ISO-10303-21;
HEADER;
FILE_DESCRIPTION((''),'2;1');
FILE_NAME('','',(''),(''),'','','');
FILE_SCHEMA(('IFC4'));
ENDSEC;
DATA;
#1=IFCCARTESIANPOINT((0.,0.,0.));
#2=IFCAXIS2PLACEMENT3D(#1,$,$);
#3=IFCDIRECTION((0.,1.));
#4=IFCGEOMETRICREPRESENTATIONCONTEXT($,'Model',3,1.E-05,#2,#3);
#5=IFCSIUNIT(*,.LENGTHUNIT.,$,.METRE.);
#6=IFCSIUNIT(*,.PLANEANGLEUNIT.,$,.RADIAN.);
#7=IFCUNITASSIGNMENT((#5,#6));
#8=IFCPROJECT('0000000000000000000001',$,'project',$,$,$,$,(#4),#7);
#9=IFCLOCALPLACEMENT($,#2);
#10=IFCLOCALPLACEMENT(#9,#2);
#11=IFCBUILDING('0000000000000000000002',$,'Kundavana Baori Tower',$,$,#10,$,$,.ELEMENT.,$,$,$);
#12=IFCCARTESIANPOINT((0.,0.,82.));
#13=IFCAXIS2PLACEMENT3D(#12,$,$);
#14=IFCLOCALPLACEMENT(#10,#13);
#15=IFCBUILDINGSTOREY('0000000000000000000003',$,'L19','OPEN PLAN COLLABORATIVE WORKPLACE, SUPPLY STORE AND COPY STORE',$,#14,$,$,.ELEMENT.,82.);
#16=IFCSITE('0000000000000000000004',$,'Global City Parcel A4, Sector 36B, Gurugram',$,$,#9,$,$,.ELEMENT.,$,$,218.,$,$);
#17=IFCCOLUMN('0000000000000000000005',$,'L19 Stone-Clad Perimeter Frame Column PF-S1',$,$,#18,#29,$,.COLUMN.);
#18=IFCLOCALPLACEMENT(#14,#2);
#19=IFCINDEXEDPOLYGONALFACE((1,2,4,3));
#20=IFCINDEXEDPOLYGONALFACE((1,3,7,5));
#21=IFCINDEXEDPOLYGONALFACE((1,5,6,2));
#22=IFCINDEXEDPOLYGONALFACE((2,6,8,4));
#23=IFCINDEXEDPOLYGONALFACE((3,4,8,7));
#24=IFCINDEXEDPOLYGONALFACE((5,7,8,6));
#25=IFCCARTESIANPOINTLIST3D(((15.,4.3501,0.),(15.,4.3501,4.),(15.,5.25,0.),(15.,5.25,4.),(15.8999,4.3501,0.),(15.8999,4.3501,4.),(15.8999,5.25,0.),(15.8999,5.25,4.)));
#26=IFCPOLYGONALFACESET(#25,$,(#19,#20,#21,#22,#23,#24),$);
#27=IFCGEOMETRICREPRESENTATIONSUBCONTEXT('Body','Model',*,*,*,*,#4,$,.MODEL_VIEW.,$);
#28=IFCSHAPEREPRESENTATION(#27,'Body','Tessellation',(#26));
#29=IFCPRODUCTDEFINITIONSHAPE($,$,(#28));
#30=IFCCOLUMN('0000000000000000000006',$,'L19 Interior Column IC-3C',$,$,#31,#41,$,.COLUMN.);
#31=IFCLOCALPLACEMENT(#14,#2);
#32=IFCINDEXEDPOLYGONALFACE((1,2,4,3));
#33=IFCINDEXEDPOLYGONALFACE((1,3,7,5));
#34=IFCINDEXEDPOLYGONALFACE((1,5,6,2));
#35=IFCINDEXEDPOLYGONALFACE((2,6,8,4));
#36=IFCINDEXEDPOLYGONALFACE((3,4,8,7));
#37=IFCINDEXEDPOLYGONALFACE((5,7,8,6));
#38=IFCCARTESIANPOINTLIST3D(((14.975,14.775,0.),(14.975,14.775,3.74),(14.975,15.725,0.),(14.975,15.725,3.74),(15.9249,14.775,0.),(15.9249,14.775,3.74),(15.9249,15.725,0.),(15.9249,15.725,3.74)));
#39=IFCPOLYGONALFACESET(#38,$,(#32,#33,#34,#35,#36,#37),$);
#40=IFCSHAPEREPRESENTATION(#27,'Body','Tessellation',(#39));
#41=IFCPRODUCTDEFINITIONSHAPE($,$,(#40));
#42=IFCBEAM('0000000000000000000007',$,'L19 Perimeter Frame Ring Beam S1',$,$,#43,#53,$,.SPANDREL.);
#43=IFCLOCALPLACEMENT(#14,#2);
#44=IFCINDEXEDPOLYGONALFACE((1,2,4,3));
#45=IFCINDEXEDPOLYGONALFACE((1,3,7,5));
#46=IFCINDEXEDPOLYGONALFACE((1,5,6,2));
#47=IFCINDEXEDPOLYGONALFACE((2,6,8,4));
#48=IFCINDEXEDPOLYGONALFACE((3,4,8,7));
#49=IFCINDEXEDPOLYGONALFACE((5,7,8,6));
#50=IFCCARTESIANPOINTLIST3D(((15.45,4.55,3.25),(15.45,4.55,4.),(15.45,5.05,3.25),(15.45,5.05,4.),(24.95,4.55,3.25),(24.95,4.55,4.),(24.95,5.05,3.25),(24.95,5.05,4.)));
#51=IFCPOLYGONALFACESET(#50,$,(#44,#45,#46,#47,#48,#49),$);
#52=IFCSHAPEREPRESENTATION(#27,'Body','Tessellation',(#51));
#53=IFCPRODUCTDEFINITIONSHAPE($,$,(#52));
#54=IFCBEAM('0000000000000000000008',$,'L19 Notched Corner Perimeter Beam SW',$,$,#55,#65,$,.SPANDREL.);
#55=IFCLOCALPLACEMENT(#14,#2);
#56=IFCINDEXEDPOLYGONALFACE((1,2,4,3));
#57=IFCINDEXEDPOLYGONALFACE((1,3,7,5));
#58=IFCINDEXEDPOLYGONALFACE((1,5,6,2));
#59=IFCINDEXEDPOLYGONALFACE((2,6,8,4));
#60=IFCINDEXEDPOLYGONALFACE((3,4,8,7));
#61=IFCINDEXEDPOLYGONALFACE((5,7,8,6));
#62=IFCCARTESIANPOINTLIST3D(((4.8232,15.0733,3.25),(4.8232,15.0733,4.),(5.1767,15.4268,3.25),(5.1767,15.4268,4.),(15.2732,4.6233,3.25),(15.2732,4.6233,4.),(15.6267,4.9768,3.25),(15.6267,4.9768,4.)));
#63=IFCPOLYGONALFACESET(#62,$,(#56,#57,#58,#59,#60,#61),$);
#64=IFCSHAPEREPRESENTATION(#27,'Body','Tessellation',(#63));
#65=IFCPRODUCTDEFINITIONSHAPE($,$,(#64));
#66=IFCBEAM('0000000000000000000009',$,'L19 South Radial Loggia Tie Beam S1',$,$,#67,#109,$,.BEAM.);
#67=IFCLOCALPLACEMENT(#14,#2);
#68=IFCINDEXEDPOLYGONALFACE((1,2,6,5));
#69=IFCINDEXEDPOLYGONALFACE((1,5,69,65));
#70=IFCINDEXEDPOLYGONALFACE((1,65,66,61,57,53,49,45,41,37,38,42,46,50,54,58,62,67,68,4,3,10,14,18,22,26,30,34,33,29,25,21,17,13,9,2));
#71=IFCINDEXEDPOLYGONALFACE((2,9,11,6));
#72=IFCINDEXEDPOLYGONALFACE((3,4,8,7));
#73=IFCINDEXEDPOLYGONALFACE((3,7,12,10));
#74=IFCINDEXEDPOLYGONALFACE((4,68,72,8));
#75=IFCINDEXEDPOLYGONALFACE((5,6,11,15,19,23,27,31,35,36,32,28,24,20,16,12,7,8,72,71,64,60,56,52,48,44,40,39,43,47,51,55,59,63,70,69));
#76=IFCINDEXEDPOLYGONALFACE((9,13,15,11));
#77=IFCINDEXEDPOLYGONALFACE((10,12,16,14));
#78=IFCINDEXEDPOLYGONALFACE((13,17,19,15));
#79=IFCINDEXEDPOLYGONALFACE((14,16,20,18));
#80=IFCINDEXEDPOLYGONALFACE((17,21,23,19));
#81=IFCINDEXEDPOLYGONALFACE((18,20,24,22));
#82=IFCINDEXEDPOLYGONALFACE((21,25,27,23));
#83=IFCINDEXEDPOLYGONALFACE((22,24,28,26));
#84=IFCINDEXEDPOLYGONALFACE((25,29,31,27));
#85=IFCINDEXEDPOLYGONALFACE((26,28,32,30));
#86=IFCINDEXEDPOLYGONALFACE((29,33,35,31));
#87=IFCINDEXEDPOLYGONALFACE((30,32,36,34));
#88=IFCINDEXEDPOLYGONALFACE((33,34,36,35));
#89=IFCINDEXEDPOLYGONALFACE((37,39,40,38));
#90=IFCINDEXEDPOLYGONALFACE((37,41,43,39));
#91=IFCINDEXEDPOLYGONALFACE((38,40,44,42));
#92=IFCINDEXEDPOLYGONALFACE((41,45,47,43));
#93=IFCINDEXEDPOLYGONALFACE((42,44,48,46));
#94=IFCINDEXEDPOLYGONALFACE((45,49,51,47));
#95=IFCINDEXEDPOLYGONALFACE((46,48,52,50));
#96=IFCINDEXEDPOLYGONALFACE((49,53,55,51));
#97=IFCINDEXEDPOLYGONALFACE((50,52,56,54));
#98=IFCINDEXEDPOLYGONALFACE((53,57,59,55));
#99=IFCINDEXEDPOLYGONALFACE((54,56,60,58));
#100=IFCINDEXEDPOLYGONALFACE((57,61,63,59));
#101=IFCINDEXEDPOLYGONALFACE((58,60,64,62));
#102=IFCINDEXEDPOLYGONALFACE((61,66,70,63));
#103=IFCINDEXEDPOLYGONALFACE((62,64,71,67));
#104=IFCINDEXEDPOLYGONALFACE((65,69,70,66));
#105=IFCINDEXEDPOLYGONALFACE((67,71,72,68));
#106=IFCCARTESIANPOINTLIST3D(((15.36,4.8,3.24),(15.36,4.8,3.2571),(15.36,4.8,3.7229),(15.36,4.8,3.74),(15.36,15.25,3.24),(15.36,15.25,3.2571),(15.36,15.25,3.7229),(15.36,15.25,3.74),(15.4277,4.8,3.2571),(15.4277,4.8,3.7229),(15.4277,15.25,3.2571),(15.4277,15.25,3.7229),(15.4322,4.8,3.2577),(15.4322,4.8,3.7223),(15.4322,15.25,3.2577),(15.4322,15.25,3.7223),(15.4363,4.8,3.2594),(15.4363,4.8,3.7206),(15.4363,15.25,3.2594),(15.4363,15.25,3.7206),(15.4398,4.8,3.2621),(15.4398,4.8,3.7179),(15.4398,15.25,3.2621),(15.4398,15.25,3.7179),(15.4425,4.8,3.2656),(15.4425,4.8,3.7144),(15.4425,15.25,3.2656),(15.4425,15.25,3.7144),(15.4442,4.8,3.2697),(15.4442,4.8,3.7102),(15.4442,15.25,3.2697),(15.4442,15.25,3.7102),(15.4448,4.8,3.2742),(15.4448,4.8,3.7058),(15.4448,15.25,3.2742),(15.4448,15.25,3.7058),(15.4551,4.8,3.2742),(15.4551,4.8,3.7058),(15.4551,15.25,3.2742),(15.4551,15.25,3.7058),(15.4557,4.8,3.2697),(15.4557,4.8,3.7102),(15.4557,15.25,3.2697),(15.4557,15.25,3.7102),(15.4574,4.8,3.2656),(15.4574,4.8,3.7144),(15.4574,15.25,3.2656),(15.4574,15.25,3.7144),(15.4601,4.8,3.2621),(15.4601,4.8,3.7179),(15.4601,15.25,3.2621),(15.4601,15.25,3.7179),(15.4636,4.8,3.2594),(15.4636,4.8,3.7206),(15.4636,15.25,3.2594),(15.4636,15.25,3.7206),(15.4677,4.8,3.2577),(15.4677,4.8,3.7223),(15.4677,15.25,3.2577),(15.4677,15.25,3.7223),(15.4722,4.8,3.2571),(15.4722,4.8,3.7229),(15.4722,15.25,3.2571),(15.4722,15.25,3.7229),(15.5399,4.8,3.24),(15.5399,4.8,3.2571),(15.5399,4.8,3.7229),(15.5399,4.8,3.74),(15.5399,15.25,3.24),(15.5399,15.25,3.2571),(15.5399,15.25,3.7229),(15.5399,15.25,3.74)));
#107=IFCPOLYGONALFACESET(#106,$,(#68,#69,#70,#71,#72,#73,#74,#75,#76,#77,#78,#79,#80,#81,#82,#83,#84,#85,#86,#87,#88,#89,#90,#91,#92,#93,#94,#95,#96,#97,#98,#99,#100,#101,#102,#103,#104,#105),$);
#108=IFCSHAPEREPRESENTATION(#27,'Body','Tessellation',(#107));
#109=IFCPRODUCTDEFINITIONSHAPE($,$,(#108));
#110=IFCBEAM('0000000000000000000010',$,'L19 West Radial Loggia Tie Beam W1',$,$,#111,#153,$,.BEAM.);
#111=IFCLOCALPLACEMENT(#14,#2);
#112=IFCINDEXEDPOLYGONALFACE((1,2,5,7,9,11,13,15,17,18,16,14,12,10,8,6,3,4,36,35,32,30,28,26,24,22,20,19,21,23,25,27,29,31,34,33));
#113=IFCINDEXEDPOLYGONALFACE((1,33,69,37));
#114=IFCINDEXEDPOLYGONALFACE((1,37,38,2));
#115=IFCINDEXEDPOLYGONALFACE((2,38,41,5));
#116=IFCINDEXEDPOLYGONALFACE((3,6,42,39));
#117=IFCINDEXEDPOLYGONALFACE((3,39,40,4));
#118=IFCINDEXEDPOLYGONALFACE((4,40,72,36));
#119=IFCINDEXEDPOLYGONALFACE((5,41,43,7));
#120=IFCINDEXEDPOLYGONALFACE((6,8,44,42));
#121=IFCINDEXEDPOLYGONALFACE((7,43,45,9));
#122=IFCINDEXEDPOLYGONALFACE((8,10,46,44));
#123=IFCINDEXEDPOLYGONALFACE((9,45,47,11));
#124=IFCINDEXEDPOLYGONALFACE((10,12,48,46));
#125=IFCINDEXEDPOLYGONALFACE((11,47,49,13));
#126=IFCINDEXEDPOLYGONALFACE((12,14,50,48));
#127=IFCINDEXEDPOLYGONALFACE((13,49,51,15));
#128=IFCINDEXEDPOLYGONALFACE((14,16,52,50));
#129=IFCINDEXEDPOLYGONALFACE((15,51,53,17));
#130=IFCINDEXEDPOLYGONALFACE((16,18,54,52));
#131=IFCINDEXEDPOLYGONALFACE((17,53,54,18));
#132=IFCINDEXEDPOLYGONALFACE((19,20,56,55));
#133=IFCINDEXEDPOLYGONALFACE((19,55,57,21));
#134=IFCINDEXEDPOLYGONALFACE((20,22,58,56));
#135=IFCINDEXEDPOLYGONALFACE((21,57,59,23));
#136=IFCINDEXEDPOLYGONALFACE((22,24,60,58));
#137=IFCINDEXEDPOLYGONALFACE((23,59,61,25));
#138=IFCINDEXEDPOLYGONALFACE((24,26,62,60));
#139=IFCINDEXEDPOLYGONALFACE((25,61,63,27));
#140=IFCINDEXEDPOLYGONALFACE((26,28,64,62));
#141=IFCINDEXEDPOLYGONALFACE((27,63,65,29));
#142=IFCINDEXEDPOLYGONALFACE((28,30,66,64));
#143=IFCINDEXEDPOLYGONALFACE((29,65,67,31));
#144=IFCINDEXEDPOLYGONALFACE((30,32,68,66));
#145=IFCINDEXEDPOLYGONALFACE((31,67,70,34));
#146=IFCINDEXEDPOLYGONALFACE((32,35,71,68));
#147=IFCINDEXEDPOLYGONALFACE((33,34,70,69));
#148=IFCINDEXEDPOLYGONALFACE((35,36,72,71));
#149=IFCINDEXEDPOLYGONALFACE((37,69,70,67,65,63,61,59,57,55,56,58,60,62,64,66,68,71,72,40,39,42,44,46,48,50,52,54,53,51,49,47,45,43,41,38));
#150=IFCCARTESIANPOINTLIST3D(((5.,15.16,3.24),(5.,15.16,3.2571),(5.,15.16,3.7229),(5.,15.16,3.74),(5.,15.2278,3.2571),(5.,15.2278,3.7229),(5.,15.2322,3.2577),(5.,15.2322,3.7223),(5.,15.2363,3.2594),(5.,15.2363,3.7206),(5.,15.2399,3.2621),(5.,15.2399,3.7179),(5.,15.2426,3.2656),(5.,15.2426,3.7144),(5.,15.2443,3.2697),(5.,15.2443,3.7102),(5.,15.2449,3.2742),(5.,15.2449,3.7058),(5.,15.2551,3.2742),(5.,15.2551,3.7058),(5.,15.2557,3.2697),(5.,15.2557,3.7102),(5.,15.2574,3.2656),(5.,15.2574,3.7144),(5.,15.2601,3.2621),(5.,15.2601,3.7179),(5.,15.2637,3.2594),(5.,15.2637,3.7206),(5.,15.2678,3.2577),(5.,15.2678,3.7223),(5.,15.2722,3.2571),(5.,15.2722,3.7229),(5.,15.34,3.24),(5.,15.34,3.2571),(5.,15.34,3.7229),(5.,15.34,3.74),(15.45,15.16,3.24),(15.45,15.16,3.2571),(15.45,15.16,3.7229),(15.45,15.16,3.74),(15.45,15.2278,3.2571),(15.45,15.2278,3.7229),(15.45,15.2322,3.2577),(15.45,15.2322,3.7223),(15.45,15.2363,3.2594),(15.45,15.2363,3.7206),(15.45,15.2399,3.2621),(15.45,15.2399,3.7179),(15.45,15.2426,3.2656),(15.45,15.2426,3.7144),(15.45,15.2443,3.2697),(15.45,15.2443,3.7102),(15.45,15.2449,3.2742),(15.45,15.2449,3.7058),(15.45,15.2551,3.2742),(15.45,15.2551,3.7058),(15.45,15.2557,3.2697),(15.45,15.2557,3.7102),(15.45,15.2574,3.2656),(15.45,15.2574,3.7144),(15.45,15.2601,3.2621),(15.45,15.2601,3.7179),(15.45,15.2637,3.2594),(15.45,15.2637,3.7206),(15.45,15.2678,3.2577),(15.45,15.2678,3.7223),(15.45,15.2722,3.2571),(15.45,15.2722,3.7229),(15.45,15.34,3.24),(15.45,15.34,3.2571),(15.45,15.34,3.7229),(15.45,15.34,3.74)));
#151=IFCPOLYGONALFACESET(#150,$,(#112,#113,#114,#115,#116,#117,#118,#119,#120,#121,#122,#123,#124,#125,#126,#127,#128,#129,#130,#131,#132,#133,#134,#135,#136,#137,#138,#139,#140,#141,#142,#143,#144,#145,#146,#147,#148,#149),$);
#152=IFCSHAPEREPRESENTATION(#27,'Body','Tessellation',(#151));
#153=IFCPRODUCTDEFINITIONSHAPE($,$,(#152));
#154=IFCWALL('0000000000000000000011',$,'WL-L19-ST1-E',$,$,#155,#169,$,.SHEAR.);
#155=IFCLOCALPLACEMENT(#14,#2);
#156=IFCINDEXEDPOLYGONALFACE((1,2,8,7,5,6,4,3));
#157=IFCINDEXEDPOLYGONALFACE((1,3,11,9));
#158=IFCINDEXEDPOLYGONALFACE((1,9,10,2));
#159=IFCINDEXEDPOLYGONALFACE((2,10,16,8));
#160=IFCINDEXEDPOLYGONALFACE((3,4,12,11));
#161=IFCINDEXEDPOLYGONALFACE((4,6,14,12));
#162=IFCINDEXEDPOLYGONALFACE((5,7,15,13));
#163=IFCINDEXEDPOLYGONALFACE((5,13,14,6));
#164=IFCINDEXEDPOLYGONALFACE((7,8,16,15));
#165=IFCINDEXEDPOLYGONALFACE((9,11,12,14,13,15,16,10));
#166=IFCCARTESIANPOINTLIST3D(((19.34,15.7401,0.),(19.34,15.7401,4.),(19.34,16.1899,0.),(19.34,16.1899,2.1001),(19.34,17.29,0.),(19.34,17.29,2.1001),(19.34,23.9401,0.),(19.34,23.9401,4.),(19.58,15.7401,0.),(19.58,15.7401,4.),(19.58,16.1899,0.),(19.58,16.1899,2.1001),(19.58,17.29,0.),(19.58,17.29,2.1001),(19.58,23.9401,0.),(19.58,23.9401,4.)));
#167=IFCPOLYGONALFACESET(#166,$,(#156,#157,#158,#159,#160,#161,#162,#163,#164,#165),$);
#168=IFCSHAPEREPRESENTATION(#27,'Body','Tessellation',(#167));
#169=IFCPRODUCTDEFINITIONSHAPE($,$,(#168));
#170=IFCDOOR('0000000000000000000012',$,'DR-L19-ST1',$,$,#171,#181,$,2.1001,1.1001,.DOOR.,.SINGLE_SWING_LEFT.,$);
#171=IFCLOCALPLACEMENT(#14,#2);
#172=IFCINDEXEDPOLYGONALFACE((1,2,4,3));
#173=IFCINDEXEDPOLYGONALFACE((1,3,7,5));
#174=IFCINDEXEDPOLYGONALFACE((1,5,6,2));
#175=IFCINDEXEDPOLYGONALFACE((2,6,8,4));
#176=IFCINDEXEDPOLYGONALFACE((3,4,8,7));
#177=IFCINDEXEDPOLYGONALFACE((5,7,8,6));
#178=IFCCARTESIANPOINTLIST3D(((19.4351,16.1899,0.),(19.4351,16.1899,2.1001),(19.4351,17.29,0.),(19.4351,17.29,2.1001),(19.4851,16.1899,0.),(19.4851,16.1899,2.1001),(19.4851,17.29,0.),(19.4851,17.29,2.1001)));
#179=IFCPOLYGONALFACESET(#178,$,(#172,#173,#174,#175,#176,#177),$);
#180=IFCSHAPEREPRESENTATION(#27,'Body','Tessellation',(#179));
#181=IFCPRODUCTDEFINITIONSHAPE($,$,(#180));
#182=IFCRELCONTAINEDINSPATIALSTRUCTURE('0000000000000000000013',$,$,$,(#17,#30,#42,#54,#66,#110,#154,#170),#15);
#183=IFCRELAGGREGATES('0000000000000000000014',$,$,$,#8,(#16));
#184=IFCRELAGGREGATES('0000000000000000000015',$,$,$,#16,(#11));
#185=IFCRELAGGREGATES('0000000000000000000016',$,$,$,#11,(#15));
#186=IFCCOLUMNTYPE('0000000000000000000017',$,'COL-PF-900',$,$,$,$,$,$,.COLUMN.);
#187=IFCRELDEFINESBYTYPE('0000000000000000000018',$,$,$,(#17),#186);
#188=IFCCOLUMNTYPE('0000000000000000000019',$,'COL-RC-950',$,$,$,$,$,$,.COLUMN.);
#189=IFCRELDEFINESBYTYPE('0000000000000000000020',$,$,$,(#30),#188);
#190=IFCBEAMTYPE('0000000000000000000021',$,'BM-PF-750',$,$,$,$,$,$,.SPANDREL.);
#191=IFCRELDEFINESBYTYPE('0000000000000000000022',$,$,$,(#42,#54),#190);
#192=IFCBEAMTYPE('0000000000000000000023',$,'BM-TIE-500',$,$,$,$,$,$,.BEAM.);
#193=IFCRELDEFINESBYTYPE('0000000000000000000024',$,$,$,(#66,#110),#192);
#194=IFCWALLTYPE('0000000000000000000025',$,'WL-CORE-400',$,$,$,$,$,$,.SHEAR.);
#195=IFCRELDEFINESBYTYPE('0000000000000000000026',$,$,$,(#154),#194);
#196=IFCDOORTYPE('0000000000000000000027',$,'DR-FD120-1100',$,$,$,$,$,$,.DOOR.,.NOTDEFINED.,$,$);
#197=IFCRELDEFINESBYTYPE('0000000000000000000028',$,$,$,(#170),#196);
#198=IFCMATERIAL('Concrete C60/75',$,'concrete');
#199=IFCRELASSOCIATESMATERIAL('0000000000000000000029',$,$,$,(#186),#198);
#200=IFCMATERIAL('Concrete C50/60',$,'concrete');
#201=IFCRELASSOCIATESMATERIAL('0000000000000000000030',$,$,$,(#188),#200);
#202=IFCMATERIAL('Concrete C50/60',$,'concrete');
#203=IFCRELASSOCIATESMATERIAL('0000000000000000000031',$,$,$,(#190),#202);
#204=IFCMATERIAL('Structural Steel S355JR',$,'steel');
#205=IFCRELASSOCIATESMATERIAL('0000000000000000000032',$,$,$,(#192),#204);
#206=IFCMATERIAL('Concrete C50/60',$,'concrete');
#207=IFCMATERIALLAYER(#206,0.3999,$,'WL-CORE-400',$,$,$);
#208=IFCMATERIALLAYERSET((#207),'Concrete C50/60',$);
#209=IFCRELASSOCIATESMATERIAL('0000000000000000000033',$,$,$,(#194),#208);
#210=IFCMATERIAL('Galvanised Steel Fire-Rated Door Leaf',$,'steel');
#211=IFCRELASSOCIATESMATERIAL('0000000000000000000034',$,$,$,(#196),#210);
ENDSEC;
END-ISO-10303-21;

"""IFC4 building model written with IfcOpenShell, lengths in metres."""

from ifc_helpers import new_model, si_unit, direction, frame, frame_2d, origin, origin_2d, place, context, subcontext, project, spatial, rectangle, i_section, extrude, material, layer, layer_set, material_profile, profile_set, type_object, element, fill, save


model = new_model("IFC4")

# Units and contexts
model_context = context("Model", 3, precision=1e-05, world=origin(), true_north=direction((0.0, 1.0)))
body_context = subcontext(model_context, "Body", "Model", "MODEL_VIEW")
ifc_project = project(units=[si_unit("LENGTHUNIT", "METRE"), si_unit("PLANEANGLEUNIT", "RADIAN")], contexts=[model_context])

# Site, building, storey
site_placement = place(None, origin())
site = spatial("IfcSite", under=ifc_project, at=site_placement, Name="Global City Parcel A4, Sector 36B, Gurugram", CompositionType="ELEMENT", RefElevation=218.0)
building_placement = place(site_placement, origin())
building = spatial("IfcBuilding", under=site, at=building_placement, Name="Kundavana Baori Tower", CompositionType="ELEMENT")
storey_placement = place(building_placement, frame((0.0, 0.0, 82.0)))
storey = spatial("IfcBuildingStorey", under=building, at=storey_placement, Name="L19", Description="OPEN PLAN COLLABORATIVE WORKPLACE, SUPPLY STORE AND COPY STORE", CompositionType="ELEMENT", Elevation=82.0)

# Columns
ifc_material_1 = material(Name="Concrete C60/75", Category="concrete")
ifc_material_profile_1 = material_profile(ifc_material_1, rectangle(XDim=0.8999, YDim=0.8999, at=origin_2d()), Name="RC PF 900x900")
ifc_profile_set_1 = profile_set([ifc_material_profile_1], Name="Concrete C60/75")
column_type_1 = type_object("IfcColumnType", Name="COL-PF-900", PredefinedType="COLUMN", material=ifc_profile_set_1)
column_1_placement = place(storey_placement, frame((15.45, 4.8, 0.0), z_axis=(0.0, 0.0, 1.0), x_axis=(1.0, 0.0, 0.0)))
element("IfcColumn", 1, at=column_1_placement, inside=storey, type_object=column_type_1, Name="L19 Stone-Clad Perimeter Frame Column PF-S1", PredefinedType="COLUMN", context=body_context, shape_type="SweptSolid", body=[
    extrude(rectangle(XDim=0.8999, YDim=0.8999, at=origin_2d()), origin(), (0.0, 0.0, 1.0), 4.0),
])
ifc_material_2 = material(Name="Concrete C50/60", Category="concrete")
ifc_material_profile_2 = material_profile(ifc_material_2, rectangle(XDim=0.95, YDim=0.95, at=origin_2d()), Name="RC 950x950")
ifc_profile_set_2 = profile_set([ifc_material_profile_2], Name="Concrete C50/60")
column_type_2 = type_object("IfcColumnType", Name="COL-RC-950", PredefinedType="COLUMN", material=ifc_profile_set_2)
column_2_placement = place(storey_placement, frame((15.45, 15.25, 0.0), z_axis=(0.0, 0.0, 1.0), x_axis=(1.0, 0.0, 0.0)))
element("IfcColumn", 2, at=column_2_placement, inside=storey, type_object=column_type_2, Name="L19 Interior Column IC-3C", PredefinedType="COLUMN", context=body_context, shape_type="SweptSolid", body=[
    extrude(rectangle(XDim=0.95, YDim=0.95, at=origin_2d()), origin(), (0.0, 0.0, 1.0), 3.74),
])

# Beams
ifc_material_3 = material(Name="Concrete C50/60", Category="concrete")
ifc_material_profile_3 = material_profile(ifc_material_3, rectangle(XDim=0.5, YDim=0.75, at=origin_2d()), Name="RC BM 500x750")
ifc_profile_set_3 = profile_set([ifc_material_profile_3], Name="Concrete C50/60")
beam_type_1 = type_object("IfcBeamType", Name="BM-PF-750", PredefinedType="SPANDREL", material=ifc_profile_set_3)
beam_1_placement = place(storey_placement, frame((15.45, 4.8, 3.625), z_axis=(1.0, 0.0, 0.0), x_axis=(0.0, 1.0, 0.0)))
element("IfcBeam", 3, at=beam_1_placement, inside=storey, type_object=beam_type_1, Name="L19 Perimeter Frame Ring Beam S1", PredefinedType="SPANDREL", context=body_context, shape_type="SweptSolid", body=[
    extrude(rectangle(XDim=0.5, YDim=0.75, at=origin_2d()), origin(), (0.0, 0.0, 1.0), 9.5),
])
beam_2_placement = place(storey_placement, frame((15.45, 4.8, 3.625), z_axis=(-0.707107, 0.707107, 0.0), x_axis=(-0.707107, -0.707107, 0.0)))
element("IfcBeam", 4, at=beam_2_placement, inside=storey, type_object=beam_type_1, Name="L19 Notched Corner Perimeter Beam SW", PredefinedType="SPANDREL", context=body_context, shape_type="SweptSolid", body=[
    extrude(rectangle(XDim=0.5, YDim=0.75, at=origin_2d()), origin(), (0.0, 0.0, 1.0), 14.7786),
])
ifc_material_4 = material(Name="Structural Steel S355JR", Category="steel")
ifc_material_profile_4 = material_profile(ifc_material_4, i_section(OverallWidth=0.1799, OverallDepth=0.5, WebThickness=0.0103, FlangeThickness=0.0171, FilletRadius=0.0171, at=origin_2d()), Name="ISMB 500")
ifc_profile_set_4 = profile_set([ifc_material_profile_4], Name="Structural Steel S355JR")
beam_type_2 = type_object("IfcBeamType", Name="BM-TIE-500", PredefinedType="BEAM", material=ifc_profile_set_4)
for number, where, z_axis, x_axis, name in (
    (5, (15.45, 15.25, 3.49), (0.0, -1.0, 0.0), (1.0, 0.0, 0.0), "L19 South Radial Loggia Tie Beam S1"),
    (6, (15.45, 15.25, 3.49), (-1.0, 0.0, 0.0), (0.0, -1.0, 0.0), "L19 West Radial Loggia Tie Beam W1"),
):
    element("IfcBeam", number, at=place(storey_placement, frame(where, z_axis=z_axis, x_axis=x_axis)), inside=storey, type_object=beam_type_2, Name=name, PredefinedType="BEAM", context=body_context, shape_type="SweptSolid", body=[
        extrude(i_section(OverallWidth=0.1799, OverallDepth=0.5, WebThickness=0.0103, FlangeThickness=0.0171, FilletRadius=0.0171, at=origin_2d()), origin(), (0.0, 0.0, 1.0), 10.45),
    ])

# Wall, opening, door
ifc_material_5 = material(Name="Concrete C50/60", Category="concrete")
ifc_layer = layer(ifc_material_5, 0.3999, Name="WL-CORE-400")
ifc_layer_set = layer_set([ifc_layer], Name="Concrete C50/60")
wall_type = type_object("IfcWallType", Name="WL-CORE-400", PredefinedType="SHEAR", material=ifc_layer_set)
wall_placement = place(storey_placement, frame((19.46, 15.74, 0.0), z_axis=(0.0, 0.0, 1.0), x_axis=(0.0, 1.0, 0.0)))
wall = element("IfcWall", 7, at=wall_placement, inside=storey, type_object=wall_type, Name="WL-L19-ST1-E", PredefinedType="SHEAR", context=body_context, shape_type="SweptSolid", body=[
    extrude(rectangle(XDim=8.2, YDim=0.24, at=frame_2d((4.1001, 0.0))), origin(), (0.0, 0.0, 1.0), 4.0),
])
opening_placement = place(wall_placement, frame((0.45, 0.0, 0.0)))
opening = element("IfcOpeningElement", 8, at=opening_placement, cuts=wall, PredefinedType="OPENING", context=body_context, shape_type="SweptSolid", body=[
    extrude(rectangle(XDim=1.1001, YDim=2.1001, at=frame_2d((0.55, 1.05))), frame((0.0, 0.1299, 0.0), z_axis=(0.0, -1.0, 0.0), x_axis=(1.0, 0.0, 0.0)), (0.0, 0.0, 1.0), 0.26),
])
ifc_material_6 = material(Name="Galvanised Steel Fire-Rated Door Leaf", Category="steel")
door_type = type_object("IfcDoorType", Name="DR-FD120-1100", OperationType="NOTDEFINED", PredefinedType="DOOR", material=ifc_material_6)
door_placement = place(opening_placement, origin())
door = element("IfcDoor", 9, at=door_placement, inside=storey, type_object=door_type, Name="DR-L19-ST1", OperationType="SINGLE_SWING_LEFT", OverallHeight=2.1001, OverallWidth=1.1001, PredefinedType="DOOR", context=body_context, shape_type="SweptSolid", body=[
    extrude(rectangle(XDim=1.1001, YDim=2.1001, at=frame_2d((0.55, 1.05))), frame((0.0, 0.0249, 0.0), z_axis=(0.0, -1.0, 0.0), x_axis=(1.0, 0.0, 0.0)), (0.0, 0.0, 1.0), 0.05),
])
fill(opening, door)

save(model, "model.ifc")
